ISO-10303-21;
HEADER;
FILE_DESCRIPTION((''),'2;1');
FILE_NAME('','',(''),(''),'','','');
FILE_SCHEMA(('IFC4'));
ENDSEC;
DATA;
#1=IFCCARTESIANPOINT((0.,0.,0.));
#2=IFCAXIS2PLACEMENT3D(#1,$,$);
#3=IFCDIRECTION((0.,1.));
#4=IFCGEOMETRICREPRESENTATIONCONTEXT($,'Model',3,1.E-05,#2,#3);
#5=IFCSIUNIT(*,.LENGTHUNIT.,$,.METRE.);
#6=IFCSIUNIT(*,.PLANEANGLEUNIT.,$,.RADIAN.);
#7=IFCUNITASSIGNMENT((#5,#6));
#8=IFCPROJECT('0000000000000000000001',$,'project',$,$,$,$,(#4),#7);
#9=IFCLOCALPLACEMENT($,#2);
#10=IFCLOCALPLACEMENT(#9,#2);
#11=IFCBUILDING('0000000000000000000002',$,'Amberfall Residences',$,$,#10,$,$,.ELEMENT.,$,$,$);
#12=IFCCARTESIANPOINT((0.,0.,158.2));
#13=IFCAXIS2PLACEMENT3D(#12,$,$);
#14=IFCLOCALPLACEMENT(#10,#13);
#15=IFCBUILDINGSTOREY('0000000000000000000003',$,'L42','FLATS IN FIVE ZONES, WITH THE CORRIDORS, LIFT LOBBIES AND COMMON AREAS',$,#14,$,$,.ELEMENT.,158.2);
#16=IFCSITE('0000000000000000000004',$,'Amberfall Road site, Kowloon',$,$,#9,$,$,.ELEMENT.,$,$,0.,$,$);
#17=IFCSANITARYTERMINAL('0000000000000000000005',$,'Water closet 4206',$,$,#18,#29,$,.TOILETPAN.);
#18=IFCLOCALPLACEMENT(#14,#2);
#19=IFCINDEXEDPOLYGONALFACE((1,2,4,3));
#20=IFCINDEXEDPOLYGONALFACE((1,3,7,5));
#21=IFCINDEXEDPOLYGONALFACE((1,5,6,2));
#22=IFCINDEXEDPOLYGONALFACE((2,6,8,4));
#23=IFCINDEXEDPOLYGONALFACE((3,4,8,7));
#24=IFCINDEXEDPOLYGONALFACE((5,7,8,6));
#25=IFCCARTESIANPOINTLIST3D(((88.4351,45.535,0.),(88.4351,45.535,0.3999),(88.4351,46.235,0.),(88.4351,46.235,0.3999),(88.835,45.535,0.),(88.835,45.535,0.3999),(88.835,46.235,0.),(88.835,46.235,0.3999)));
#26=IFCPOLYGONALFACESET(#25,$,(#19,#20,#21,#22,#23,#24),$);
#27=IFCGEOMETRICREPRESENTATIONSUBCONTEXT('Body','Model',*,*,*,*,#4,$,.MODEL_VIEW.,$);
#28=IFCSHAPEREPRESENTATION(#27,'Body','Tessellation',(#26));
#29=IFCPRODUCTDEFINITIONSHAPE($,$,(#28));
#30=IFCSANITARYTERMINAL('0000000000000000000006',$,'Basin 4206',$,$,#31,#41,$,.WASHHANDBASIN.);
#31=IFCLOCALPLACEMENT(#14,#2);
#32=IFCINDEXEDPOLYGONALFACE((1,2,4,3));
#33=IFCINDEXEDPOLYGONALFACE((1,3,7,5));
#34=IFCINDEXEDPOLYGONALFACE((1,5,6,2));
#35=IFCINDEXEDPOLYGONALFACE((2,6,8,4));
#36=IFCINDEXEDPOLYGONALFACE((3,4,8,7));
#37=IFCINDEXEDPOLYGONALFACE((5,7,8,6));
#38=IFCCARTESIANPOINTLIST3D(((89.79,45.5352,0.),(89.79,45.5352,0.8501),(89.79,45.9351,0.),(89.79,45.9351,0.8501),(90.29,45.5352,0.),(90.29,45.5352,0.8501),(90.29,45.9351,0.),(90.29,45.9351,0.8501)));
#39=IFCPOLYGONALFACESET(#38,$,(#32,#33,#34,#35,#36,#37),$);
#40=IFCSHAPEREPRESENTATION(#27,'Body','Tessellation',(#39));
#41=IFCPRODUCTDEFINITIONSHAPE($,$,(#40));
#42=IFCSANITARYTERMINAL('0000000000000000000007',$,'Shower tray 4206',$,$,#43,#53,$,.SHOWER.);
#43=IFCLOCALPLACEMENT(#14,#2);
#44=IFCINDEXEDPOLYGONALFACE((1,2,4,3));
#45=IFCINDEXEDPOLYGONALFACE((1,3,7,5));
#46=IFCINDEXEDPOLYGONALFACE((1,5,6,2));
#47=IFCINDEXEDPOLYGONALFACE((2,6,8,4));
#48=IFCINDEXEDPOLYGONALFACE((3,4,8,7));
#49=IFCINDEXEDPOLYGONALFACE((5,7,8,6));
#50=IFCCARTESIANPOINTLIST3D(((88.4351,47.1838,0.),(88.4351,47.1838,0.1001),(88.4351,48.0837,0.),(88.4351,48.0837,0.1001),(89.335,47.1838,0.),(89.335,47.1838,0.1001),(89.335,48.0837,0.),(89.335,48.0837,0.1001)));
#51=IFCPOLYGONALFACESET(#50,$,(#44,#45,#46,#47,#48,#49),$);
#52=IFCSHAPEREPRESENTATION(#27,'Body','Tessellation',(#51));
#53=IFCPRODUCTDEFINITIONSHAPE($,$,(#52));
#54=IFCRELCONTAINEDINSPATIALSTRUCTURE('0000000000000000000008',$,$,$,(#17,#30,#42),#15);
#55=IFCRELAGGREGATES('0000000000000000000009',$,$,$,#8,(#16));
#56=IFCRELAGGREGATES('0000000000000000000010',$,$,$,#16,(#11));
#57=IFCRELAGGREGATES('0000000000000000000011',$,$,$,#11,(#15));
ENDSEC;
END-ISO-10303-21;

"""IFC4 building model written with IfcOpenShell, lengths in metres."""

from ifc_helpers import new_model, si_unit, direction, frame, origin, origin_2d, place, context, subcontext, project, spatial, rectangle, extrude, element, save


model = new_model("IFC4")

# Units and contexts
model_context = context("Model", 3, precision=1e-05, world=origin(), true_north=direction((0.0, 1.0)))
body_context = subcontext(model_context, "Body", "Model", "MODEL_VIEW")
ifc_project = project(units=[si_unit("LENGTHUNIT", "METRE"), si_unit("PLANEANGLEUNIT", "RADIAN")], contexts=[model_context])

# Site, building, storey
site_placement = place(None, origin())
site = spatial("IfcSite", under=ifc_project, at=site_placement, Name="Amberfall Road site, Kowloon", CompositionType="ELEMENT", RefElevation=0.0)
building_placement = place(site_placement, origin())
building = spatial("IfcBuilding", under=site, at=building_placement, Name="Amberfall Residences", CompositionType="ELEMENT")
storey_placement = place(building_placement, frame((0.0, 0.0, 158.2)))
storey = spatial("IfcBuildingStorey", under=building, at=storey_placement, Name="L42", Description="FLATS IN FIVE ZONES, WITH THE CORRIDORS, LIFT LOBBIES AND COMMON AREAS", CompositionType="ELEMENT", Elevation=158.2)

# Sanitary terminals
sanitary_terminal_1_placement = place(storey_placement, frame((88.635, 45.885, 0.0), z_axis=(0.0, 0.0, 1.0), x_axis=(1.0, 0.0, 0.0)))
element("IfcSanitaryTerminal", 1, at=sanitary_terminal_1_placement, inside=storey, Name="Water closet 4206", PredefinedType="TOILETPAN", context=body_context, shape_type="SweptSolid", body=[
    extrude(rectangle(XDim=0.3999, YDim=0.7, at=origin_2d()), origin(), (0.0, 0.0, 1.0), 0.3999),
])
sanitary_terminal_2_placement = place(storey_placement, frame((90.04, 45.7351, 0.0), z_axis=(0.0, 0.0, 1.0), x_axis=(1.0, 0.0, 0.0)))
element("IfcSanitaryTerminal", 2, at=sanitary_terminal_2_placement, inside=storey, Name="Basin 4206", PredefinedType="WASHHANDBASIN", context=body_context, shape_type="SweptSolid", body=[
    extrude(rectangle(XDim=0.5, YDim=0.3999, at=origin_2d()), origin(), (0.0, 0.0, 1.0), 0.8501),
])
sanitary_terminal_3_placement = place(storey_placement, frame((88.885, 47.6338, 0.0), z_axis=(0.0, 0.0, 1.0), x_axis=(1.0, 0.0, 0.0)))
element("IfcSanitaryTerminal", 3, at=sanitary_terminal_3_placement, inside=storey, Name="Shower tray 4206", PredefinedType="SHOWER", context=body_context, shape_type="SweptSolid", body=[
    extrude(rectangle(XDim=0.8999, YDim=0.8999, at=origin_2d()), origin(), (0.0, 0.0, 1.0), 0.1001),
])

save(model, "model.ifc")
